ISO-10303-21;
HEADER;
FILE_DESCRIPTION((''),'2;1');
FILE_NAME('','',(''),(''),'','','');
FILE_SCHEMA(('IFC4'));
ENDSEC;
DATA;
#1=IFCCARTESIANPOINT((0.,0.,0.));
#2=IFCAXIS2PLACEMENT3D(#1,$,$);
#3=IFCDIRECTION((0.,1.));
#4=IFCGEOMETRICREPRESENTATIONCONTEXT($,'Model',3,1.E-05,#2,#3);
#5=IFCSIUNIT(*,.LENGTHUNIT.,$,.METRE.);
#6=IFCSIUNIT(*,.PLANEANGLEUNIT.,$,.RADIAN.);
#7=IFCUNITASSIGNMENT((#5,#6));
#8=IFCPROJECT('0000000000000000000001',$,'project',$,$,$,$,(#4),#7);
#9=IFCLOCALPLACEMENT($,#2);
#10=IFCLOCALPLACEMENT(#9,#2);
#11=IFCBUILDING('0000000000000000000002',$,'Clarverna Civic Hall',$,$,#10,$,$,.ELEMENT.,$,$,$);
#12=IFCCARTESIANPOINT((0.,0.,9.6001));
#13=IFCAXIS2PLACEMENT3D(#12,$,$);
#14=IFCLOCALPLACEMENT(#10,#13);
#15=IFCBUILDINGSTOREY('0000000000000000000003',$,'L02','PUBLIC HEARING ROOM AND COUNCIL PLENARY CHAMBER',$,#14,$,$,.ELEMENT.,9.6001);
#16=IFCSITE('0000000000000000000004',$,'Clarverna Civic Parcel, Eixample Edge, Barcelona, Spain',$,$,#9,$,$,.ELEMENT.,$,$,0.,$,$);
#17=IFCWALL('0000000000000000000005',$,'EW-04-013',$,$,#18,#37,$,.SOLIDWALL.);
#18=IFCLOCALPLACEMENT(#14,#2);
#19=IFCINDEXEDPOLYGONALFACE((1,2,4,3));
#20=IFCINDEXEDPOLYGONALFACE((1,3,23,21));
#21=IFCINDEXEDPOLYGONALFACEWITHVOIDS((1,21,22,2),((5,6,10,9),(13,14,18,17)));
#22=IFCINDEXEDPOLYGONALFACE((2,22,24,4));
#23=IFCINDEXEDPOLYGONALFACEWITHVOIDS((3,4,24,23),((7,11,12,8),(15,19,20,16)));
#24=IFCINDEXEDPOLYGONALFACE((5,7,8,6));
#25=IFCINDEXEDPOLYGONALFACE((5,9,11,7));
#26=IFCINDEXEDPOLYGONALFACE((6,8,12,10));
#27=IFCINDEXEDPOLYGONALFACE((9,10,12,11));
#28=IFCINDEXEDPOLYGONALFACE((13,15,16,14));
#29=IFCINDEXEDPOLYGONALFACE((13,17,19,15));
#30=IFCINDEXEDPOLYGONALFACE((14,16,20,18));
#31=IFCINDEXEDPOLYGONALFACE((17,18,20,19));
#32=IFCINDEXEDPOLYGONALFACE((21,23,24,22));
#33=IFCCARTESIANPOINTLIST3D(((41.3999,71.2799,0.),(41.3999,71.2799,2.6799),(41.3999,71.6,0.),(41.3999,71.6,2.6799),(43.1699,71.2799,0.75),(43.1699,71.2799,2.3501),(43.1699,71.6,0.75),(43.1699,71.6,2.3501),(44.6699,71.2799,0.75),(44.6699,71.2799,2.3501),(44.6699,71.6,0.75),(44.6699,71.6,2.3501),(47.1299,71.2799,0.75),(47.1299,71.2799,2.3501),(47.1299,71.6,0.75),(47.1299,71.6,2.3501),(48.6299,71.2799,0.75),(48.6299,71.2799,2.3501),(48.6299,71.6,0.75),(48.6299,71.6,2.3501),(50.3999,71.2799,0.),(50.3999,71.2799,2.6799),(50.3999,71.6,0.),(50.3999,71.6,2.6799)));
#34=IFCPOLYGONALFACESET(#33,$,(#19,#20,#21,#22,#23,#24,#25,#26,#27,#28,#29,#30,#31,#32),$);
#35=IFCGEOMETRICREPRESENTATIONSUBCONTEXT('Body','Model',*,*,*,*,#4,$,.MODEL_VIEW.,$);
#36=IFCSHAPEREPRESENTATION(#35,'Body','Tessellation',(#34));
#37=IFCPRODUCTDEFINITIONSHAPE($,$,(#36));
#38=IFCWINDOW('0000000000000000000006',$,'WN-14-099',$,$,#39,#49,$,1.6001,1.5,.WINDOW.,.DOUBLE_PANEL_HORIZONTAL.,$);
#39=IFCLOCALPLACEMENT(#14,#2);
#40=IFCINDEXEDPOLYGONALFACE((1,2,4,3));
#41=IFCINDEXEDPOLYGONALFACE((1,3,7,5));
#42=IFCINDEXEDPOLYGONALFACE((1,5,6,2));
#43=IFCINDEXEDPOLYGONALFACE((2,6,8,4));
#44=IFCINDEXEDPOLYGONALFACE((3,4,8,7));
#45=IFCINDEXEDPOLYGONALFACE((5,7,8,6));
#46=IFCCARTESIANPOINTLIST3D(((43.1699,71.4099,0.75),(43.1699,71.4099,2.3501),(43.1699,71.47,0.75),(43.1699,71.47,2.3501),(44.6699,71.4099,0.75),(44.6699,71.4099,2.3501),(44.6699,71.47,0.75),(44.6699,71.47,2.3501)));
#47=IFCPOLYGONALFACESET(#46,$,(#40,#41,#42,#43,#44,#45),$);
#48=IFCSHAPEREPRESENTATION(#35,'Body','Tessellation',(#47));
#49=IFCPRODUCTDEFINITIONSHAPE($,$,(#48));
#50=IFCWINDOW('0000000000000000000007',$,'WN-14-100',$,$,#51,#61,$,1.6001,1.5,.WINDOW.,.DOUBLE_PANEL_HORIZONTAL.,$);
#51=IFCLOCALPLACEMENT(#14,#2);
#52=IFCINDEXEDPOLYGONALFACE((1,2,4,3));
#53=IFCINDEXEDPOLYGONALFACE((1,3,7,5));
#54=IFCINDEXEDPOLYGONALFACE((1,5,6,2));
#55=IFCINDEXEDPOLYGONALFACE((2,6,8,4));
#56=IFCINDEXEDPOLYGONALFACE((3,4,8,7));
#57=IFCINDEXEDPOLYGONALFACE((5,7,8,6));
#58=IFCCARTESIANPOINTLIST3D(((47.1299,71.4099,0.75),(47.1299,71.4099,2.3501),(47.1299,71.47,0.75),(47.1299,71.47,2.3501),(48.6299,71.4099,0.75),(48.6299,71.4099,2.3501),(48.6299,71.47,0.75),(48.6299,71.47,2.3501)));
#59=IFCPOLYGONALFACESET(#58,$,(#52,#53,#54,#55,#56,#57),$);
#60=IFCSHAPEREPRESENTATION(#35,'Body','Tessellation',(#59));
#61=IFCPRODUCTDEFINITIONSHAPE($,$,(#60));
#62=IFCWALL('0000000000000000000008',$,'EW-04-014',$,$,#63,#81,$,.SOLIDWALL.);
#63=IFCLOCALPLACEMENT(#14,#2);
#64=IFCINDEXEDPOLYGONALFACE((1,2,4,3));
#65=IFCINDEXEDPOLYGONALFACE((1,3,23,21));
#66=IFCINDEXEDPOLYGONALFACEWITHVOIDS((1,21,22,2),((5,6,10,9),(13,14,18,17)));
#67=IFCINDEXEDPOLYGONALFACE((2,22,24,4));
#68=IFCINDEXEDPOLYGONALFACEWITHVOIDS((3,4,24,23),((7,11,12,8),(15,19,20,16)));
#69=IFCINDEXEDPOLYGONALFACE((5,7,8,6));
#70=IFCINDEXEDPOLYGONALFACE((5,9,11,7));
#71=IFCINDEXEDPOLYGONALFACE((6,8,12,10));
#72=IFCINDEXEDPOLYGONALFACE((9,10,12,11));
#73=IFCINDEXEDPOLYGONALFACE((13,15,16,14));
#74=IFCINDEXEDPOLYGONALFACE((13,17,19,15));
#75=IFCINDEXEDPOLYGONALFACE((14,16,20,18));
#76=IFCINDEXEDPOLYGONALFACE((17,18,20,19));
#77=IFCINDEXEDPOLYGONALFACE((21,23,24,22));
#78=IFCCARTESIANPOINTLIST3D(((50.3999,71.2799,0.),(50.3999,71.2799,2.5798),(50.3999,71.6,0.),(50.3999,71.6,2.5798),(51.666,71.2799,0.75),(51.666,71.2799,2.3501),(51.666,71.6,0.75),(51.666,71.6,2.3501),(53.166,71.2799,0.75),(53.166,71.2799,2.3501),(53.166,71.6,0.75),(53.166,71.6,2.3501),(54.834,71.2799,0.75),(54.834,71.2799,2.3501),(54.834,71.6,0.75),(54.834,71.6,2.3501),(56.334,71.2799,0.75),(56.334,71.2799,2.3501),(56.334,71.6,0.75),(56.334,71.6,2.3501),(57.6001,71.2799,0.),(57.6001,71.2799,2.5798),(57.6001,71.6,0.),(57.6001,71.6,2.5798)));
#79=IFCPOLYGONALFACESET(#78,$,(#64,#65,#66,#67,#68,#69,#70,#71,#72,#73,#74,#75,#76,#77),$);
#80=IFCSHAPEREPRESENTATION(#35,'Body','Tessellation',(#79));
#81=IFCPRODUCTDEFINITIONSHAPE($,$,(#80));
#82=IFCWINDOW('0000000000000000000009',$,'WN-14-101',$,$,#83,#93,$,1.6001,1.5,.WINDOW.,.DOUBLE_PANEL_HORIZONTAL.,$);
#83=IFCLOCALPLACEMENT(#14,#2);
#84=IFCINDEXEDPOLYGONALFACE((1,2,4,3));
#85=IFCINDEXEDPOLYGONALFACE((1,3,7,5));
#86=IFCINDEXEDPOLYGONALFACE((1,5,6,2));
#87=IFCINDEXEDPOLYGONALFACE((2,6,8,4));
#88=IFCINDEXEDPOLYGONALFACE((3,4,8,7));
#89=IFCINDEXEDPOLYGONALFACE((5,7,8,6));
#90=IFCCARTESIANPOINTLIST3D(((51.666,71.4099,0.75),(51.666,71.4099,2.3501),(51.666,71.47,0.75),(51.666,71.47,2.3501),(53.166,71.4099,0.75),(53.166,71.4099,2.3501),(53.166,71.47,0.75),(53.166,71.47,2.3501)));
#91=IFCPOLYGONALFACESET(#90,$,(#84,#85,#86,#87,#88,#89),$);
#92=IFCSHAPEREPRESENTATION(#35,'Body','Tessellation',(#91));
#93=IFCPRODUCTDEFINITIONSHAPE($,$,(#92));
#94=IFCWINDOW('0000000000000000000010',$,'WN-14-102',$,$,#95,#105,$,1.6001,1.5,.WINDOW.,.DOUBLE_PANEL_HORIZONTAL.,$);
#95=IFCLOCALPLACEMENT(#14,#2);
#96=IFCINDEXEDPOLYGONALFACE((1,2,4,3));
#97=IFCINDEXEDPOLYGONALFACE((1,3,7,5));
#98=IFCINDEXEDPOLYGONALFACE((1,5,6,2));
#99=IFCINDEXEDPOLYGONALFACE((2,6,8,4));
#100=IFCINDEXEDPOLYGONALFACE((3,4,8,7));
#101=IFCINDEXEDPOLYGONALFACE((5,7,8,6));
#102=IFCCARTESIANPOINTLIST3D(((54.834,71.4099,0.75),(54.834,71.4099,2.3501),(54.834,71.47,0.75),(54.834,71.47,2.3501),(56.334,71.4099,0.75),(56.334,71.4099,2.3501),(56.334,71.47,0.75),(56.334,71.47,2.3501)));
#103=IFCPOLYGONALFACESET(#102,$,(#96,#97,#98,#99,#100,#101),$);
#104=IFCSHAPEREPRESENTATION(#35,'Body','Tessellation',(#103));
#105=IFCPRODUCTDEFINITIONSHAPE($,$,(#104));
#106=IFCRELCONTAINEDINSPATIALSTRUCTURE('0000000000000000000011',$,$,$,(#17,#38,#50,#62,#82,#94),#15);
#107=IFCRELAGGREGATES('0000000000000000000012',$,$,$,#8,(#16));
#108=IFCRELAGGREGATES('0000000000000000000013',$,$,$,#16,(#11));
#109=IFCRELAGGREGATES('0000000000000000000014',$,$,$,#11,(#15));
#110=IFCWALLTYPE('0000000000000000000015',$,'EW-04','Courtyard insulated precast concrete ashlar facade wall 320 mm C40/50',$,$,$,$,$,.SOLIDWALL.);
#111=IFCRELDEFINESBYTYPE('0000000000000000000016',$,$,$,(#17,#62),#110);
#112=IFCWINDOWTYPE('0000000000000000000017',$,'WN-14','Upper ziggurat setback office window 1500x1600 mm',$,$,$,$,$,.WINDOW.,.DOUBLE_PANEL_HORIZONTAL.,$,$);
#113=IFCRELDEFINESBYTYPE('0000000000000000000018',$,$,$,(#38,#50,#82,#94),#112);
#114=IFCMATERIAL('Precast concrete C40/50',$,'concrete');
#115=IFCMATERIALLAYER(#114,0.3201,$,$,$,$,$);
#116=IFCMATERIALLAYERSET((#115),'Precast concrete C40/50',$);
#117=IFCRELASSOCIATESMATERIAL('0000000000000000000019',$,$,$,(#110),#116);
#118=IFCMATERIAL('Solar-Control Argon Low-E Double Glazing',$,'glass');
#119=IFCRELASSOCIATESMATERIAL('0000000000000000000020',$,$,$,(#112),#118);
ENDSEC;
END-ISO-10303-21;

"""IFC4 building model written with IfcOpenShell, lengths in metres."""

from ifc_helpers import new_model, si_unit, direction, frame, frame_2d, origin, place, context, subcontext, project, spatial, rectangle, extrude, material, layer, layer_set, type_object, element, fill, save


model = new_model("IFC4")

# Units and contexts
model_context = context("Model", 3, precision=1e-05, world=origin(), true_north=direction((0.0, 1.0)))
body_context = subcontext(model_context, "Body", "Model", "MODEL_VIEW")
ifc_project = project(units=[si_unit("LENGTHUNIT", "METRE"), si_unit("PLANEANGLEUNIT", "RADIAN")], contexts=[model_context])

# Site, building, storey
site_placement = place(None, origin())
site = spatial("IfcSite", under=ifc_project, at=site_placement, Name="Clarverna Civic Parcel, Eixample Edge, Barcelona, Spain", CompositionType="ELEMENT", RefElevation=0.0)
building_placement = place(site_placement, origin())
building = spatial("IfcBuilding", under=site, at=building_placement, Name="Clarverna Civic Hall", CompositionType="ELEMENT")
storey_placement = place(building_placement, frame((0.0, 0.0, 9.6001)))
storey = spatial("IfcBuildingStorey", under=building, at=storey_placement, Name="L02", Description="PUBLIC HEARING ROOM AND COUNCIL PLENARY CHAMBER", CompositionType="ELEMENT", Elevation=9.6001)

# Walls, openings, windows
ifc_material_1 = material(Name="Precast concrete C40/50", Category="concrete")
ifc_layer_1 = layer(ifc_material_1, 0.3201)
ifc_layer_set_1 = layer_set([ifc_layer_1], Name="Precast concrete C40/50")
wall_type_1 = type_object("IfcWallType", Name="EW-04", Description="Courtyard insulated precast concrete ashlar facade wall 320 mm C40/50", PredefinedType="SOLIDWALL", material=ifc_layer_set_1)
wall_1_placement = place(storey_placement, frame((41.3999, 71.4399, 0.0), z_axis=(0.0, 0.0, 1.0), x_axis=(1.0, 0.0, 0.0)))
wall_1 = element("IfcWall", 1, at=wall_1_placement, inside=storey, type_object=wall_type_1, Name="EW-04-013", PredefinedType="SOLIDWALL", context=body_context, shape_type="SweptSolid", body=[
    extrude(rectangle(XDim=9.0, YDim=0.3201, at=frame_2d((4.5, 0.0))), origin(), (0.0, 0.0, 1.0), 2.6799),
])
opening_1_placement = place(wall_1_placement, frame((1.77, 0.0, 0.75)))
opening_1 = element("IfcOpeningElement", 2, at=opening_1_placement, cuts=wall_1, PredefinedType="OPENING", context=body_context, shape_type="SweptSolid", body=[
    extrude(rectangle(XDim=1.5, YDim=1.6001, at=frame_2d((0.75, 0.8))), frame((0.0, 0.1699, 0.0), z_axis=(0.0, -1.0, 0.0), x_axis=(1.0, 0.0, 0.0)), (0.0, 0.0, 1.0), 0.3401),
])
opening_2_placement = place(wall_1_placement, frame((5.73, 0.0, 0.75)))
opening_2 = element("IfcOpeningElement", 3, at=opening_2_placement, cuts=wall_1, PredefinedType="OPENING", context=body_context, shape_type="SweptSolid", body=[
    extrude(rectangle(XDim=1.5, YDim=1.6001, at=frame_2d((0.75, 0.8))), frame((0.0, 0.1699, 0.0), z_axis=(0.0, -1.0, 0.0), x_axis=(1.0, 0.0, 0.0)), (0.0, 0.0, 1.0), 0.3401),
])
ifc_material_2 = material(Name="Solar-Control Argon Low-E Double Glazing", Category="glass")
window_type = type_object("IfcWindowType", Name="WN-14", Description="Upper ziggurat setback office window 1500x1600 mm", PartitioningType="DOUBLE_PANEL_HORIZONTAL", PredefinedType="WINDOW", material=ifc_material_2)
window_1_placement = place(opening_1_placement, origin())
window_1 = element("IfcWindow", 4, at=window_1_placement, inside=storey, type_object=window_type, Name="WN-14-099", OverallHeight=1.6001, OverallWidth=1.5, PartitioningType="DOUBLE_PANEL_HORIZONTAL", PredefinedType="WINDOW", context=body_context, shape_type="SweptSolid", body=[
    extrude(rectangle(XDim=1.5, YDim=1.6001, at=frame_2d((0.75, 0.8))), frame((0.0, 0.03, 0.0), z_axis=(0.0, -1.0, 0.0), x_axis=(1.0, 0.0, 0.0)), (0.0, 0.0, 1.0), 0.0601),
])
fill(opening_1, window_1)
window_2_placement = place(opening_2_placement, origin())
window_2 = element("IfcWindow", 5, at=window_2_placement, inside=storey, type_object=window_type, Name="WN-14-100", OverallHeight=1.6001, OverallWidth=1.5, PartitioningType="DOUBLE_PANEL_HORIZONTAL", PredefinedType="WINDOW", context=body_context, shape_type="SweptSolid", body=[
    extrude(rectangle(XDim=1.5, YDim=1.6001, at=frame_2d((0.75, 0.8))), frame((0.0, 0.03, 0.0), z_axis=(0.0, -1.0, 0.0), x_axis=(1.0, 0.0, 0.0)), (0.0, 0.0, 1.0), 0.0601),
])
fill(opening_2, window_2)
wall_2_placement = place(storey_placement, frame((50.3999, 71.4399, 0.0), z_axis=(0.0, 0.0, 1.0), x_axis=(1.0, 0.0, 0.0)))
wall_2 = element("IfcWall", 6, at=wall_2_placement, inside=storey, type_object=wall_type_1, Name="EW-04-014", PredefinedType="SOLIDWALL", context=body_context, shape_type="SweptSolid", body=[
    extrude(rectangle(XDim=7.2002, YDim=0.3201, at=frame_2d((3.6001, 0.0))), origin(), (0.0, 0.0, 1.0), 2.5798),
])
opening_3_placement = place(wall_2_placement, frame((1.2661, 0.0, 0.75)))
opening_3 = element("IfcOpeningElement", 7, at=opening_3_placement, cuts=wall_2, PredefinedType="OPENING", context=body_context, shape_type="SweptSolid", body=[
    extrude(rectangle(XDim=1.5, YDim=1.6001, at=frame_2d((0.75, 0.8))), frame((0.0, 0.1699, 0.0), z_axis=(0.0, -1.0, 0.0), x_axis=(1.0, 0.0, 0.0)), (0.0, 0.0, 1.0), 0.3401),
])
opening_4_placement = place(wall_2_placement, frame((4.4341, 0.0, 0.75)))
opening_4 = element("IfcOpeningElement", 8, at=opening_4_placement, cuts=wall_2, PredefinedType="OPENING", context=body_context, shape_type="SweptSolid", body=[
    extrude(rectangle(XDim=1.5, YDim=1.6001, at=frame_2d((0.75, 0.8))), frame((0.0, 0.1699, 0.0), z_axis=(0.0, -1.0, 0.0), x_axis=(1.0, 0.0, 0.0)), (0.0, 0.0, 1.0), 0.3401),
])
window_3_placement = place(opening_3_placement, origin())
window_3 = element("IfcWindow", 9, at=window_3_placement, inside=storey, type_object=window_type, Name="WN-14-101", OverallHeight=1.6001, OverallWidth=1.5, PartitioningType="DOUBLE_PANEL_HORIZONTAL", PredefinedType="WINDOW", context=body_context, shape_type="SweptSolid", body=[
    extrude(rectangle(XDim=1.5, YDim=1.6001, at=frame_2d((0.75, 0.8))), frame((0.0, 0.03, 0.0), z_axis=(0.0, -1.0, 0.0), x_axis=(1.0, 0.0, 0.0)), (0.0, 0.0, 1.0), 0.0601),
])
fill(opening_3, window_3)
window_4_placement = place(opening_4_placement, origin())
window_4 = element("IfcWindow", 10, at=window_4_placement, inside=storey, type_object=window_type, Name="WN-14-102", OverallHeight=1.6001, OverallWidth=1.5, PartitioningType="DOUBLE_PANEL_HORIZONTAL", PredefinedType="WINDOW", context=body_context, shape_type="SweptSolid", body=[
    extrude(rectangle(XDim=1.5, YDim=1.6001, at=frame_2d((0.75, 0.8))), frame((0.0, 0.03, 0.0), z_axis=(0.0, -1.0, 0.0), x_axis=(1.0, 0.0, 0.0)), (0.0, 0.0, 1.0), 0.0601),
])
fill(opening_4, window_4)

save(model, "model.ifc")
